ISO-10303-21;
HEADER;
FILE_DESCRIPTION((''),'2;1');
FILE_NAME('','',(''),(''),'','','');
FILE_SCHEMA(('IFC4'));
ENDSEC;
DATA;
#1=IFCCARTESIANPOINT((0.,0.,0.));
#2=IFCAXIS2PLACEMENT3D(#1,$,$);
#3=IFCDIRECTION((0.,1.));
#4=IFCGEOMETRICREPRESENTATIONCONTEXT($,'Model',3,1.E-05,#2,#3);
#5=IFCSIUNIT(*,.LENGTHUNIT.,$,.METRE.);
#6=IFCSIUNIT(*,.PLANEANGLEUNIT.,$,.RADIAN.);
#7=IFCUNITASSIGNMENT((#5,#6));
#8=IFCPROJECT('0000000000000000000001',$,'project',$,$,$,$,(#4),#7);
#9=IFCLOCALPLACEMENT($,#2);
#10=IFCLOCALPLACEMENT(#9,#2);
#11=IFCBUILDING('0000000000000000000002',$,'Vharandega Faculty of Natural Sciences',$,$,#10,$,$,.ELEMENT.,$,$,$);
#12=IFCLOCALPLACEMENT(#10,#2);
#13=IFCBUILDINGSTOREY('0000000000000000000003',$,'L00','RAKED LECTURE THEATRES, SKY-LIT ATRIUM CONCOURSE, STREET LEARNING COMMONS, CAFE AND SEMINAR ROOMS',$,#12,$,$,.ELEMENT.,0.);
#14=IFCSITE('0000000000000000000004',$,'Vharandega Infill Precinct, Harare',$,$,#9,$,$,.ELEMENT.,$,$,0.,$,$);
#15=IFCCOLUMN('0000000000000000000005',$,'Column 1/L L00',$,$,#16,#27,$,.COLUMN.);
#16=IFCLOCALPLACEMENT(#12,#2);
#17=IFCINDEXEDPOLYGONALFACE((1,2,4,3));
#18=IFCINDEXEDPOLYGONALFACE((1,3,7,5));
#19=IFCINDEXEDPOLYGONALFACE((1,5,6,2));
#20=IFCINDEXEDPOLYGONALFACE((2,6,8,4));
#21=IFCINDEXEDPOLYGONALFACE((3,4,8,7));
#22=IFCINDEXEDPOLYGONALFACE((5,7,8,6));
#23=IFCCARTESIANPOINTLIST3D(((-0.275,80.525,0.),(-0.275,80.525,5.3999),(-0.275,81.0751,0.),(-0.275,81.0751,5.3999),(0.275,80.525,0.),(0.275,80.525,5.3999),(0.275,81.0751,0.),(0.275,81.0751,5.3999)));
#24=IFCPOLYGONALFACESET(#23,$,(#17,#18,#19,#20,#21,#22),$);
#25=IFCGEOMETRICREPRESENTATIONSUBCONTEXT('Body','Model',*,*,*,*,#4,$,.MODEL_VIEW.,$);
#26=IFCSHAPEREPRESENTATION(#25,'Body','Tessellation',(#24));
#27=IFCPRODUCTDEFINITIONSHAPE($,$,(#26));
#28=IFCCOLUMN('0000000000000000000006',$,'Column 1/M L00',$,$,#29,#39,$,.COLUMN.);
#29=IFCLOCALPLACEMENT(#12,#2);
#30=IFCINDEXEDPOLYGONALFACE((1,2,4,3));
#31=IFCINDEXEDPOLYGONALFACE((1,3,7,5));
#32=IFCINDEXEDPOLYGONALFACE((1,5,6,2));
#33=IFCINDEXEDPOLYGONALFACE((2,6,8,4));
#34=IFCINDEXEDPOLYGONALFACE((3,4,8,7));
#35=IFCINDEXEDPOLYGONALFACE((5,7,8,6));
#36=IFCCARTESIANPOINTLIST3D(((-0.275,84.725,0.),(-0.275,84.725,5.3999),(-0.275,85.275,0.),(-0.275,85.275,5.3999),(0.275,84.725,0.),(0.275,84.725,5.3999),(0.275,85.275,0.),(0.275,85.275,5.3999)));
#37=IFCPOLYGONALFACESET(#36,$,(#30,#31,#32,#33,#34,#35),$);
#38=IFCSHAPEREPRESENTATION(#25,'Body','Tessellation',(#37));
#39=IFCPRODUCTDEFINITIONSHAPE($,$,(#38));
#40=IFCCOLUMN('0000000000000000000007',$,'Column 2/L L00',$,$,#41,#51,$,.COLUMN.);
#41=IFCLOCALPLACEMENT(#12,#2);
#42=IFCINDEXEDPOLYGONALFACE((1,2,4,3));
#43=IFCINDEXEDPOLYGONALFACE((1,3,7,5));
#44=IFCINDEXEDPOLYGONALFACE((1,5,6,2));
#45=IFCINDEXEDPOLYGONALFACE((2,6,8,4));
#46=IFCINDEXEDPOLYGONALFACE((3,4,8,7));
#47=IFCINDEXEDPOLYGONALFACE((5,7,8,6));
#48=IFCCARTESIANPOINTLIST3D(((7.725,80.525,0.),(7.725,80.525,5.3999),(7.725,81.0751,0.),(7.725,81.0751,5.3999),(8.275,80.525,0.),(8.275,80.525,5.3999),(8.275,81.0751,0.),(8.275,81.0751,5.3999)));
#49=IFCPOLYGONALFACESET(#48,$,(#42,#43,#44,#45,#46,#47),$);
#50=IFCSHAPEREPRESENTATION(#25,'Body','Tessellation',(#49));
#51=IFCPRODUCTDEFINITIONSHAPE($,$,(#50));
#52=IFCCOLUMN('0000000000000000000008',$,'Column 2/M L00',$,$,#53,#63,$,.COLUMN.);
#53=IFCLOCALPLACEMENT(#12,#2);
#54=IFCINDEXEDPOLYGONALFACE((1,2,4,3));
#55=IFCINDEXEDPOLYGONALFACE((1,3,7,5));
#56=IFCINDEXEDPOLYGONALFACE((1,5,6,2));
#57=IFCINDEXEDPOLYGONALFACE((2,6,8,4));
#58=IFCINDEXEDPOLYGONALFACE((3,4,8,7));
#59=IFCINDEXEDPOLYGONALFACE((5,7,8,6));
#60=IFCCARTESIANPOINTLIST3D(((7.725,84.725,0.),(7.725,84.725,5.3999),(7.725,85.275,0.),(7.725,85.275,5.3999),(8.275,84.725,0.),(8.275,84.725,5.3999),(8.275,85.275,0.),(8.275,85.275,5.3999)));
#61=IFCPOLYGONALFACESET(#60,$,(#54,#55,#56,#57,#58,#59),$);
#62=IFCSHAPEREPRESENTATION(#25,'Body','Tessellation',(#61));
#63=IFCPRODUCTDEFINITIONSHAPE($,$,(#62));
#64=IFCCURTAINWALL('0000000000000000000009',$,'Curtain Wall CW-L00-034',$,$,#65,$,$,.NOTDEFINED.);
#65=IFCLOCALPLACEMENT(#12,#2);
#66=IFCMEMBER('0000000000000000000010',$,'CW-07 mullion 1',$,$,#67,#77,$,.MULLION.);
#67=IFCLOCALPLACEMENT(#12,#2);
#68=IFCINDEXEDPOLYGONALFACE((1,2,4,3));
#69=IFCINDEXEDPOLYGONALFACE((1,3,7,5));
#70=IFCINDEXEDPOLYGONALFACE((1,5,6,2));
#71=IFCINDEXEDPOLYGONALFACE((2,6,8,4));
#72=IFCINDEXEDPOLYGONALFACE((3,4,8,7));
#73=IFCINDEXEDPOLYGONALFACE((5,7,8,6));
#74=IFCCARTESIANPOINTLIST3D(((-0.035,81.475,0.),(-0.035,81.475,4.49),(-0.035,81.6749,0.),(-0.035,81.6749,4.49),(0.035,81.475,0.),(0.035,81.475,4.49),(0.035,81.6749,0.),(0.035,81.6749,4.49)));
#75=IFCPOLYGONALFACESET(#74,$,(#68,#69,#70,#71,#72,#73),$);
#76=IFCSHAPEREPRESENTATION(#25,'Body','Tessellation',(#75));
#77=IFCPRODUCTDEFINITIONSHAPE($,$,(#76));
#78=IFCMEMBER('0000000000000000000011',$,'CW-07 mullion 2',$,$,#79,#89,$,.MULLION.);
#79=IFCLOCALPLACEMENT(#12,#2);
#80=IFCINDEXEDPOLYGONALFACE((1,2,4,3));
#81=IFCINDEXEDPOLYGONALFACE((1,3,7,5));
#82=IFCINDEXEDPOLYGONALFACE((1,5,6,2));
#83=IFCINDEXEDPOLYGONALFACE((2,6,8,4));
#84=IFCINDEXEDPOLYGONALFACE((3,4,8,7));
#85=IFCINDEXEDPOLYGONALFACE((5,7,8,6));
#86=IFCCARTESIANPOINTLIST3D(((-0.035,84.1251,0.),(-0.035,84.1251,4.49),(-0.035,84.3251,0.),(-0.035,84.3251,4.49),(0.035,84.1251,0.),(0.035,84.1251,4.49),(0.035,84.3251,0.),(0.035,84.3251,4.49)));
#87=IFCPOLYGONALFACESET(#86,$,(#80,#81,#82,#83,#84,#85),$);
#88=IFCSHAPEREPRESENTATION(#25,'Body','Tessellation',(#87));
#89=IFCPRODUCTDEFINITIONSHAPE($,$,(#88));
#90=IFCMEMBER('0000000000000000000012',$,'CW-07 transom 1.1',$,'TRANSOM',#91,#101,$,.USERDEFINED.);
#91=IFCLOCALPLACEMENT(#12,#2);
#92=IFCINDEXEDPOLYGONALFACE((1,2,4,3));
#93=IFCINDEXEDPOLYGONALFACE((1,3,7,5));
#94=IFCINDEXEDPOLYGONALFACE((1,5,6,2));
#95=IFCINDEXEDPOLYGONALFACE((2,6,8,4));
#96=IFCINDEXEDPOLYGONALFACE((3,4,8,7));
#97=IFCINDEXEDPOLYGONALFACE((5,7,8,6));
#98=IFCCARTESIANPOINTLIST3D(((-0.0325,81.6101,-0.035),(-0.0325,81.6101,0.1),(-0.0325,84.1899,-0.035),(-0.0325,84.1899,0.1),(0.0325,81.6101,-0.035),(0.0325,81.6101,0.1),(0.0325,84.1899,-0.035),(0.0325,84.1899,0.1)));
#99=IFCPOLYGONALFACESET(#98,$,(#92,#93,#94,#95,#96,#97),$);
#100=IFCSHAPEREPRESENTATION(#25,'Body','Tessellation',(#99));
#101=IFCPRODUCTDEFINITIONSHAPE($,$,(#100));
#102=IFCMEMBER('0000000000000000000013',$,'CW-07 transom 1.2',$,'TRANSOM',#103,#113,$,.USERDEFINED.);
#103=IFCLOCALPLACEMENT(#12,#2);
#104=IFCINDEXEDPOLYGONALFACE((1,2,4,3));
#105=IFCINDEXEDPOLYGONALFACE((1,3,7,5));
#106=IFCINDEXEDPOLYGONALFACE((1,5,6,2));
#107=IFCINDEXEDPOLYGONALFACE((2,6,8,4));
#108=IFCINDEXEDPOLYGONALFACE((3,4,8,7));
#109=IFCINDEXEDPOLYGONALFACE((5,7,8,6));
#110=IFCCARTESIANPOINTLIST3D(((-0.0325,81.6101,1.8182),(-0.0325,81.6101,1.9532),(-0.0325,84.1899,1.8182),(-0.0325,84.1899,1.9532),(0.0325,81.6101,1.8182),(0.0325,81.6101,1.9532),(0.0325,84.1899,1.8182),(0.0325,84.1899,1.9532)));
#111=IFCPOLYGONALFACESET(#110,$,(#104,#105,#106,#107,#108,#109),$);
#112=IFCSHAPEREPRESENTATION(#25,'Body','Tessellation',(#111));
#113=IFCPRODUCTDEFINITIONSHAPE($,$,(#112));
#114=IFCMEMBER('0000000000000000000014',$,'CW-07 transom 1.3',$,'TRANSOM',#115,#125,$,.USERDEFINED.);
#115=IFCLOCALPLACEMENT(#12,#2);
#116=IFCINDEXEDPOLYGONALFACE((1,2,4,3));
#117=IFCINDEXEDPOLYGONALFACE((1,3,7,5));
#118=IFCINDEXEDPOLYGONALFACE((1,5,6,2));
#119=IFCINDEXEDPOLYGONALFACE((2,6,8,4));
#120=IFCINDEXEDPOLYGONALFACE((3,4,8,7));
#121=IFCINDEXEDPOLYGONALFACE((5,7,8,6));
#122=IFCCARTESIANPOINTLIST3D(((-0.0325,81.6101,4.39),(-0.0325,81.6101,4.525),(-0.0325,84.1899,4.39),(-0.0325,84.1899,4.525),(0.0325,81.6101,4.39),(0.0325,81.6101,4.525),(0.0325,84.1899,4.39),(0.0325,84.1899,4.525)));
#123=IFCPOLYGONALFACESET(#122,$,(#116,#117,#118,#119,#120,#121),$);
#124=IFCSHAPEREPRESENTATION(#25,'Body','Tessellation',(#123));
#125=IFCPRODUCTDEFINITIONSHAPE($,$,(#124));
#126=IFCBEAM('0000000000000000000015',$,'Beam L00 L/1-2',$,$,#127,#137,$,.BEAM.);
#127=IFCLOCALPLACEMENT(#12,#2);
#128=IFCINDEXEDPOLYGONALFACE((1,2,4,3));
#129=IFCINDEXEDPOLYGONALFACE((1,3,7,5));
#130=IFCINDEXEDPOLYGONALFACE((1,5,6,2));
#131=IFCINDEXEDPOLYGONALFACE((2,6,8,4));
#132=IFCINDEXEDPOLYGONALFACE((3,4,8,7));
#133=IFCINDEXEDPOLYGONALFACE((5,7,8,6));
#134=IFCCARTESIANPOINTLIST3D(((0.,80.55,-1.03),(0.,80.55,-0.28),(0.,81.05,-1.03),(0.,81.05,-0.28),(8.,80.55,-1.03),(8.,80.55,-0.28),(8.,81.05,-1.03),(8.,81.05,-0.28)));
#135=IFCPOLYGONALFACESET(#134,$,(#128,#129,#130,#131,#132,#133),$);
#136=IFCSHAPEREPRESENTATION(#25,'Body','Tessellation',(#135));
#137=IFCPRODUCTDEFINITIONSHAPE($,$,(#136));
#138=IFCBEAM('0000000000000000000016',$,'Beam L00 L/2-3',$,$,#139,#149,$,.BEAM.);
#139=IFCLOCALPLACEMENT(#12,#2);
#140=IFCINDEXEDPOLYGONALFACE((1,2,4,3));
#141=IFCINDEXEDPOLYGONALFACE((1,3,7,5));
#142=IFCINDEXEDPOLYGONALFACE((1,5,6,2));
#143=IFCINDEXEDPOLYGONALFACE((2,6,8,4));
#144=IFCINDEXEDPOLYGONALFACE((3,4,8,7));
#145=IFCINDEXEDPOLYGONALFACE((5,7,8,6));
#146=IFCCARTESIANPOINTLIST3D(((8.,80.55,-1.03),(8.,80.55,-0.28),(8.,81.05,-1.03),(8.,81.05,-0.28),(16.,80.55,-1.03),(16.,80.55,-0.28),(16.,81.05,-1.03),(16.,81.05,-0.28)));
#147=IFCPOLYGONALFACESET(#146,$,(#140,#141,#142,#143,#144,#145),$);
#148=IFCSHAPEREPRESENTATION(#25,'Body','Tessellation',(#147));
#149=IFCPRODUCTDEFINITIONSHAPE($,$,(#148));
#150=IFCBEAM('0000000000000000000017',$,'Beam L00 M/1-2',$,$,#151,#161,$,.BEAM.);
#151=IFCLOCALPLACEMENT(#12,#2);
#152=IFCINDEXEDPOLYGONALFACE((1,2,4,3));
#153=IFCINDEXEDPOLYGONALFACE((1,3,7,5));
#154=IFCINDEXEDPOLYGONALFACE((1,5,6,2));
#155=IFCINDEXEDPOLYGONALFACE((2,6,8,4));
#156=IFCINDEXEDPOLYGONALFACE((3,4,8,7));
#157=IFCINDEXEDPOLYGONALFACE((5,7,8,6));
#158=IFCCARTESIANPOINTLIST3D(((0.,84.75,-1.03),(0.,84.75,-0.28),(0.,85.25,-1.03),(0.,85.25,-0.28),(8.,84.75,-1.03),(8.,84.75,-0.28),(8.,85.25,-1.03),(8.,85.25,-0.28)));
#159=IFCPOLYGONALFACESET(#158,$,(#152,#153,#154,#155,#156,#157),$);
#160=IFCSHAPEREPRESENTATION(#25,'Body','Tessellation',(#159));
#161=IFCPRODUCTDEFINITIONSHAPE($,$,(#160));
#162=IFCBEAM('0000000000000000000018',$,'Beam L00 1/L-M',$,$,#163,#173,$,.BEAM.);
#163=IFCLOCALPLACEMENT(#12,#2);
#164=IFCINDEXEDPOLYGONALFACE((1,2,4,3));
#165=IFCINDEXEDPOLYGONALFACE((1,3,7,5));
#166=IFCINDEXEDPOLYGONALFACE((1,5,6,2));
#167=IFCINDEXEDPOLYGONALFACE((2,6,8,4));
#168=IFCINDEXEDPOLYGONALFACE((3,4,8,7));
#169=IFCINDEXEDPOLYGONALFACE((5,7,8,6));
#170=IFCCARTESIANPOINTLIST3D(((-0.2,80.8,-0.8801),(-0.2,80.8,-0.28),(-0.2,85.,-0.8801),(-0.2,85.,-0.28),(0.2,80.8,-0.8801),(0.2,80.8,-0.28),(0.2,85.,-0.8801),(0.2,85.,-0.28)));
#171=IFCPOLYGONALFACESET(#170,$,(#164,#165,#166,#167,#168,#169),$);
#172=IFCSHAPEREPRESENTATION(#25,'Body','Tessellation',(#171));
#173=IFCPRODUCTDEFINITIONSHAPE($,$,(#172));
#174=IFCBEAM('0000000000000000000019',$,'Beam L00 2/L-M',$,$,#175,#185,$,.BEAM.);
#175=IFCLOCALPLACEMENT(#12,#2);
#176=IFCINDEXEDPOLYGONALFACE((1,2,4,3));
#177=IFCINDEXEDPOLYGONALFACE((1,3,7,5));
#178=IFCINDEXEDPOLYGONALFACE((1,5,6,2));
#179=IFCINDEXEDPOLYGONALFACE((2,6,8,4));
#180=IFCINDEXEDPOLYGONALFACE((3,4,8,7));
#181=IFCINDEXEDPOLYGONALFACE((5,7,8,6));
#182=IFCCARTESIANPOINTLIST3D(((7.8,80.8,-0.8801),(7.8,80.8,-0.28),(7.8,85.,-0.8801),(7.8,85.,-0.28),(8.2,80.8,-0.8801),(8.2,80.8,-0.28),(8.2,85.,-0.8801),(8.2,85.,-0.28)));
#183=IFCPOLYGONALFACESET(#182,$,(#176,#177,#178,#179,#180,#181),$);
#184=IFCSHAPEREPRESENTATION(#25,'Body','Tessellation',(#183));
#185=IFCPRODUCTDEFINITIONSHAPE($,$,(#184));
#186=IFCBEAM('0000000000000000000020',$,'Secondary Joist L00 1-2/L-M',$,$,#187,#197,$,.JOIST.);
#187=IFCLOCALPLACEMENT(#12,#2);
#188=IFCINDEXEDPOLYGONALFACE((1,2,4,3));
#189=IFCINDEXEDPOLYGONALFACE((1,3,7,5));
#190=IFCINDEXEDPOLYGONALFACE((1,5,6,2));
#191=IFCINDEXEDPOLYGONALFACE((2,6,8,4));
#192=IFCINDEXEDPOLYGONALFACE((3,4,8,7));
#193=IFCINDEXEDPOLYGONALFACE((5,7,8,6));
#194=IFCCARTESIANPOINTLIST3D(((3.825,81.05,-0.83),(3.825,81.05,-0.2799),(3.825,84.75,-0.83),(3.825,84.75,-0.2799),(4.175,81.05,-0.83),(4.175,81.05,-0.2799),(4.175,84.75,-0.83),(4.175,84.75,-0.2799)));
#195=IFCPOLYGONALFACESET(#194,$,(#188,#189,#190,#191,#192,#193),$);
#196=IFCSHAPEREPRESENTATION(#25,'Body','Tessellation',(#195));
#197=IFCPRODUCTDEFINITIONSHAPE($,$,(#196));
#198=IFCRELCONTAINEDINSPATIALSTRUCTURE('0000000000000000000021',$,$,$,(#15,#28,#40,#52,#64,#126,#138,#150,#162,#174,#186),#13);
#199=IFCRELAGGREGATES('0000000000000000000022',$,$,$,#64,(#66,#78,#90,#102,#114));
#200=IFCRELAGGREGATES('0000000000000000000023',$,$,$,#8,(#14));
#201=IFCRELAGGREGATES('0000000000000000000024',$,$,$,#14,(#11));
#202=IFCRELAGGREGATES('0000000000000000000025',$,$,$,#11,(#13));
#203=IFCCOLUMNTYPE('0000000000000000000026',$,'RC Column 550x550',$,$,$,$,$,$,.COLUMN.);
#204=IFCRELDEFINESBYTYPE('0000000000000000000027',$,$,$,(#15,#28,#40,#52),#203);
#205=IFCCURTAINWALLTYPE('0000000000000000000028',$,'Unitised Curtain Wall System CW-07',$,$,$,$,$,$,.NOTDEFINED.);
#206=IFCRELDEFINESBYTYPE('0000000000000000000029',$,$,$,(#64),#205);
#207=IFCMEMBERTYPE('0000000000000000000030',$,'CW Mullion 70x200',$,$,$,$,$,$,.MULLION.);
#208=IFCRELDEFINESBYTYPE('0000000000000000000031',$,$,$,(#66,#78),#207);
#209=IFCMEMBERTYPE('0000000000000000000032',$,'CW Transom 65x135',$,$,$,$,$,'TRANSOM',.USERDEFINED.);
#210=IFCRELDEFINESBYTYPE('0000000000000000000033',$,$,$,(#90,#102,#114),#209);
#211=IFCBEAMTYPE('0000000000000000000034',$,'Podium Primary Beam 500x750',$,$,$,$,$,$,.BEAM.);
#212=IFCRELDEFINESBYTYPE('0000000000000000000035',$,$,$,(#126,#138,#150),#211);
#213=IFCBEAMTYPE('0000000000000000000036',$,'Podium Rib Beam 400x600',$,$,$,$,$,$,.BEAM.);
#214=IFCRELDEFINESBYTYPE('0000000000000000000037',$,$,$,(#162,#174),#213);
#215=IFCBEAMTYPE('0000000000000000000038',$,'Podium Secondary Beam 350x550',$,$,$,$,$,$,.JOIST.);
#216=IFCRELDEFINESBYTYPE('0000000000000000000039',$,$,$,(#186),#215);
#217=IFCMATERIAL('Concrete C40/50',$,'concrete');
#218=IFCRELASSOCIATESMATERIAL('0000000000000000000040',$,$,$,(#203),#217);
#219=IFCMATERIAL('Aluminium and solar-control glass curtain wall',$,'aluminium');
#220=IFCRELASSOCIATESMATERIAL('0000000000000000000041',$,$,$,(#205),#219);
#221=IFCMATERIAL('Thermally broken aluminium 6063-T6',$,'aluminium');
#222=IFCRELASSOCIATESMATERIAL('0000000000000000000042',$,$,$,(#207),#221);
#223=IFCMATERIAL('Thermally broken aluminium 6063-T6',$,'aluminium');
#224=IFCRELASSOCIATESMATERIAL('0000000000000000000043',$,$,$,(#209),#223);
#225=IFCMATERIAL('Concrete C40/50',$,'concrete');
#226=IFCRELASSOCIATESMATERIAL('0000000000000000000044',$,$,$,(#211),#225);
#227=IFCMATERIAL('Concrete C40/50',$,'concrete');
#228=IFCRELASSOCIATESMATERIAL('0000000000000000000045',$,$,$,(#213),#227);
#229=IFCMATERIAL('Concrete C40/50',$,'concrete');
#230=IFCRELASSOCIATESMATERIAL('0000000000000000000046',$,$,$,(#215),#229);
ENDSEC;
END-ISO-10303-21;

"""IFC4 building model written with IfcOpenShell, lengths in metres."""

from ifc_helpers import new_model, si_unit, direction, frame, origin, origin_2d, place, context, subcontext, project, spatial, rectangle, extrude, material, material_profile, profile_set, type_object, element, aggregate, save


model = new_model("IFC4")

# Units and contexts
model_context = context("Model", 3, precision=1e-05, world=origin(), true_north=direction((0.0, 1.0)))
body_context = subcontext(model_context, "Body", "Model", "MODEL_VIEW")
ifc_project = project(units=[si_unit("LENGTHUNIT", "METRE"), si_unit("PLANEANGLEUNIT", "RADIAN")], contexts=[model_context])

# Site, building, storey
site_placement = place(None, origin())
site = spatial("IfcSite", under=ifc_project, at=site_placement, Name="Vharandega Infill Precinct, Harare", CompositionType="ELEMENT", RefElevation=0.0)
building_placement = place(site_placement, origin())
building = spatial("IfcBuilding", under=site, at=building_placement, Name="Vharandega Faculty of Natural Sciences", CompositionType="ELEMENT")
storey_placement = place(building_placement, origin())
storey = spatial("IfcBuildingStorey", under=building, at=storey_placement, Name="L00", Description="RAKED LECTURE THEATRES, SKY-LIT ATRIUM CONCOURSE, STREET LEARNING COMMONS, CAFE AND SEMINAR ROOMS", CompositionType="ELEMENT", Elevation=0.0)

# Columns
ifc_material_1 = material(Name="Concrete C40/50", Category="concrete")
ifc_material_profile_1 = material_profile(ifc_material_1, rectangle(XDim=0.55, YDim=0.55, at=origin_2d()), Name="RC 550x550")
ifc_profile_set_1 = profile_set([ifc_material_profile_1], Name="Concrete C40/50")
column_type = type_object("IfcColumnType", Name="RC Column 550x550", PredefinedType="COLUMN", material=ifc_profile_set_1)
for number, where, z_axis, x_axis, name in (
    (1, (0.0, 80.8, 0.0), (0.0, 0.0, 1.0), (1.0, 0.0, 0.0), "Column 1/L L00"),
    (2, (0.0, 85.0, 0.0), (0.0, 0.0, 1.0), (1.0, 0.0, 0.0), "Column 1/M L00"),
    (3, (8.0, 80.8, 0.0), (0.0, 0.0, 1.0), (1.0, 0.0, 0.0), "Column 2/L L00"),
    (4, (8.0, 85.0, 0.0), (0.0, 0.0, 1.0), (1.0, 0.0, 0.0), "Column 2/M L00"),
):
    element("IfcColumn", number, at=place(storey_placement, frame(where, z_axis=z_axis, x_axis=x_axis)), inside=storey, type_object=column_type, Name=name, PredefinedType="COLUMN", context=body_context, shape_type="SweptSolid", body=[
        extrude(rectangle(XDim=0.55, YDim=0.55, at=origin_2d()), origin(), (0.0, 0.0, 1.0), 5.3999),
    ])

# Curtain wall, members
ifc_material_2 = material(Name="Aluminium and solar-control glass curtain wall", Category="aluminium")
curtain_wall_type = type_object("IfcCurtainWallType", Name="Unitised Curtain Wall System CW-07", PredefinedType="NOTDEFINED", material=ifc_material_2)
curtain_wall_placement = place(storey_placement, origin())
curtain_wall = element("IfcCurtainWall", 5, at=curtain_wall_placement, inside=storey, type_object=curtain_wall_type, Name="Curtain Wall CW-L00-034", PredefinedType="NOTDEFINED")
ifc_material_3 = material(Name="Thermally broken aluminium 6063-T6", Category="aluminium")
ifc_material_profile_2 = material_profile(ifc_material_3, rectangle(XDim=0.0701, YDim=0.2, at=origin_2d()), Name="ALU 70x200")
ifc_profile_set_2 = profile_set([ifc_material_profile_2], Name="Thermally broken aluminium 6063-T6")
member_type_1 = type_object("IfcMemberType", Name="CW Mullion 70x200", PredefinedType="MULLION", material=ifc_profile_set_2)
member_1_placement = place(storey_placement, frame((0.0, 81.575, 0.0), z_axis=(0.0, 0.0, 1.0), x_axis=(-1.0, 0.0, 0.0)))
member_1 = element("IfcMember", 6, at=member_1_placement, type_object=member_type_1, Name="CW-07 mullion 1", PredefinedType="MULLION", context=body_context, shape_type="SweptSolid", body=[
    extrude(rectangle(XDim=0.0701, YDim=0.2, at=origin_2d()), origin(), (0.0, 0.0, 1.0), 4.49),
])
member_2_placement = place(storey_placement, frame((0.0, 84.2251, 0.0), z_axis=(0.0, 0.0, 1.0), x_axis=(-1.0, 0.0, 0.0)))
member_2 = element("IfcMember", 7, at=member_2_placement, type_object=member_type_1, Name="CW-07 mullion 2", PredefinedType="MULLION", context=body_context, shape_type="SweptSolid", body=[
    extrude(rectangle(XDim=0.0701, YDim=0.2, at=origin_2d()), origin(), (0.0, 0.0, 1.0), 4.49),
])
ifc_material_4 = material(Name="Thermally broken aluminium 6063-T6", Category="aluminium")
ifc_material_profile_3 = material_profile(ifc_material_4, rectangle(XDim=0.0649, YDim=0.135, at=origin_2d()), Name="ALU 65x135")
ifc_profile_set_3 = profile_set([ifc_material_profile_3], Name="Thermally broken aluminium 6063-T6")
member_type_2 = type_object("IfcMemberType", Name="CW Transom 65x135", ElementType="TRANSOM", PredefinedType="USERDEFINED", material=ifc_profile_set_3)
member_3_placement = place(storey_placement, frame((0.0, 81.6101, 0.0325), z_axis=(0.0, 1.0, 0.0), x_axis=(-1.0, 0.0, 0.0)))
member_3 = element("IfcMember", 8, at=member_3_placement, type_object=member_type_2, Name="CW-07 transom 1.1", ObjectType="TRANSOM", PredefinedType="USERDEFINED", context=body_context, shape_type="SweptSolid", body=[
    extrude(rectangle(XDim=0.0649, YDim=0.135, at=origin_2d()), origin(), (0.0, 0.0, 1.0), 2.5798),
])
member_4_placement = place(storey_placement, frame((0.0, 81.6101, 1.8857), z_axis=(0.0, 1.0, 0.0), x_axis=(-1.0, 0.0, 0.0)))
member_4 = element("IfcMember", 9, at=member_4_placement, type_object=member_type_2, Name="CW-07 transom 1.2", ObjectType="TRANSOM", PredefinedType="USERDEFINED", context=body_context, shape_type="SweptSolid", body=[
    extrude(rectangle(XDim=0.0649, YDim=0.135, at=origin_2d()), origin(), (0.0, 0.0, 1.0), 2.5798),
])
member_5_placement = place(storey_placement, frame((0.0, 81.6101, 4.4575), z_axis=(0.0, 1.0, 0.0), x_axis=(-1.0, 0.0, 0.0)))
member_5 = element("IfcMember", 10, at=member_5_placement, type_object=member_type_2, Name="CW-07 transom 1.3", ObjectType="TRANSOM", PredefinedType="USERDEFINED", context=body_context, shape_type="SweptSolid", body=[
    extrude(rectangle(XDim=0.0649, YDim=0.135, at=origin_2d()), origin(), (0.0, 0.0, 1.0), 2.5798),
])

# Beams
ifc_material_5 = material(Name="Concrete C40/50", Category="concrete")
ifc_material_profile_4 = material_profile(ifc_material_5, rectangle(XDim=0.5, YDim=0.75, at=origin_2d()), Name="RC 500x750")
ifc_profile_set_4 = profile_set([ifc_material_profile_4], Name="Concrete C40/50")
beam_type_1 = type_object("IfcBeamType", Name="Podium Primary Beam 500x750", PredefinedType="BEAM", material=ifc_profile_set_4)
for number, where, z_axis, x_axis, name in (
    (11, (0.0, 80.8, -0.655), (1.0, 0.0, 0.0), (0.0, 1.0, 0.0), "Beam L00 L/1-2"),
    (12, (8.0, 80.8, -0.655), (1.0, 0.0, 0.0), (0.0, 1.0, 0.0), "Beam L00 L/2-3"),
    (13, (0.0, 85.0, -0.655), (1.0, 0.0, 0.0), (0.0, 1.0, 0.0), "Beam L00 M/1-2"),
):
    element("IfcBeam", number, at=place(storey_placement, frame(where, z_axis=z_axis, x_axis=x_axis)), inside=storey, type_object=beam_type_1, Name=name, PredefinedType="BEAM", context=body_context, shape_type="SweptSolid", body=[
        extrude(rectangle(XDim=0.5, YDim=0.75, at=origin_2d()), origin(), (0.0, 0.0, 1.0), 8.0),
    ])
ifc_material_6 = material(Name="Concrete C40/50", Category="concrete")
ifc_material_profile_5 = material_profile(ifc_material_6, rectangle(XDim=0.3999, YDim=0.6001, at=origin_2d()), Name="RC 400x600")
ifc_profile_set_5 = profile_set([ifc_material_profile_5], Name="Concrete C40/50")
beam_type_2 = type_object("IfcBeamType", Name="Podium Rib Beam 400x600", PredefinedType="BEAM", material=ifc_profile_set_5)
for number, where, z_axis, x_axis, name in (
    (14, (0.0, 80.8, -0.5801), (0.0, 1.0, 0.0), (-1.0, 0.0, 0.0), "Beam L00 1/L-M"),
    (15, (8.0, 80.8, -0.5801), (0.0, 1.0, 0.0), (-1.0, 0.0, 0.0), "Beam L00 2/L-M"),
):
    element("IfcBeam", number, at=place(storey_placement, frame(where, z_axis=z_axis, x_axis=x_axis)), inside=storey, type_object=beam_type_2, Name=name, PredefinedType="BEAM", context=body_context, shape_type="SweptSolid", body=[
        extrude(rectangle(XDim=0.3999, YDim=0.6001, at=origin_2d()), origin(), (0.0, 0.0, 1.0), 4.2),
    ])
ifc_material_7 = material(Name="Concrete C40/50", Category="concrete")
ifc_material_profile_6 = material_profile(ifc_material_7, rectangle(XDim=0.3501, YDim=0.55, at=origin_2d()), Name="RC 350x550")
ifc_profile_set_6 = profile_set([ifc_material_profile_6], Name="Concrete C40/50")
beam_type_3 = type_object("IfcBeamType", Name="Podium Secondary Beam 350x550", PredefinedType="JOIST", material=ifc_profile_set_6)
beam_1_placement = place(storey_placement, frame((4.0, 81.05, -0.5549), z_axis=(0.0, 1.0, 0.0), x_axis=(-1.0, 0.0, 0.0)))
element("IfcBeam", 16, at=beam_1_placement, inside=storey, type_object=beam_type_3, Name="Secondary Joist L00 1-2/L-M", PredefinedType="JOIST", context=body_context, shape_type="SweptSolid", body=[
    extrude(rectangle(XDim=0.3501, YDim=0.55, at=origin_2d()), origin(), (0.0, 0.0, 1.0), 3.7),
])

aggregate(curtain_wall, [member_1, member_2, member_3, member_4, member_5])

save(model, "model.ifc")
